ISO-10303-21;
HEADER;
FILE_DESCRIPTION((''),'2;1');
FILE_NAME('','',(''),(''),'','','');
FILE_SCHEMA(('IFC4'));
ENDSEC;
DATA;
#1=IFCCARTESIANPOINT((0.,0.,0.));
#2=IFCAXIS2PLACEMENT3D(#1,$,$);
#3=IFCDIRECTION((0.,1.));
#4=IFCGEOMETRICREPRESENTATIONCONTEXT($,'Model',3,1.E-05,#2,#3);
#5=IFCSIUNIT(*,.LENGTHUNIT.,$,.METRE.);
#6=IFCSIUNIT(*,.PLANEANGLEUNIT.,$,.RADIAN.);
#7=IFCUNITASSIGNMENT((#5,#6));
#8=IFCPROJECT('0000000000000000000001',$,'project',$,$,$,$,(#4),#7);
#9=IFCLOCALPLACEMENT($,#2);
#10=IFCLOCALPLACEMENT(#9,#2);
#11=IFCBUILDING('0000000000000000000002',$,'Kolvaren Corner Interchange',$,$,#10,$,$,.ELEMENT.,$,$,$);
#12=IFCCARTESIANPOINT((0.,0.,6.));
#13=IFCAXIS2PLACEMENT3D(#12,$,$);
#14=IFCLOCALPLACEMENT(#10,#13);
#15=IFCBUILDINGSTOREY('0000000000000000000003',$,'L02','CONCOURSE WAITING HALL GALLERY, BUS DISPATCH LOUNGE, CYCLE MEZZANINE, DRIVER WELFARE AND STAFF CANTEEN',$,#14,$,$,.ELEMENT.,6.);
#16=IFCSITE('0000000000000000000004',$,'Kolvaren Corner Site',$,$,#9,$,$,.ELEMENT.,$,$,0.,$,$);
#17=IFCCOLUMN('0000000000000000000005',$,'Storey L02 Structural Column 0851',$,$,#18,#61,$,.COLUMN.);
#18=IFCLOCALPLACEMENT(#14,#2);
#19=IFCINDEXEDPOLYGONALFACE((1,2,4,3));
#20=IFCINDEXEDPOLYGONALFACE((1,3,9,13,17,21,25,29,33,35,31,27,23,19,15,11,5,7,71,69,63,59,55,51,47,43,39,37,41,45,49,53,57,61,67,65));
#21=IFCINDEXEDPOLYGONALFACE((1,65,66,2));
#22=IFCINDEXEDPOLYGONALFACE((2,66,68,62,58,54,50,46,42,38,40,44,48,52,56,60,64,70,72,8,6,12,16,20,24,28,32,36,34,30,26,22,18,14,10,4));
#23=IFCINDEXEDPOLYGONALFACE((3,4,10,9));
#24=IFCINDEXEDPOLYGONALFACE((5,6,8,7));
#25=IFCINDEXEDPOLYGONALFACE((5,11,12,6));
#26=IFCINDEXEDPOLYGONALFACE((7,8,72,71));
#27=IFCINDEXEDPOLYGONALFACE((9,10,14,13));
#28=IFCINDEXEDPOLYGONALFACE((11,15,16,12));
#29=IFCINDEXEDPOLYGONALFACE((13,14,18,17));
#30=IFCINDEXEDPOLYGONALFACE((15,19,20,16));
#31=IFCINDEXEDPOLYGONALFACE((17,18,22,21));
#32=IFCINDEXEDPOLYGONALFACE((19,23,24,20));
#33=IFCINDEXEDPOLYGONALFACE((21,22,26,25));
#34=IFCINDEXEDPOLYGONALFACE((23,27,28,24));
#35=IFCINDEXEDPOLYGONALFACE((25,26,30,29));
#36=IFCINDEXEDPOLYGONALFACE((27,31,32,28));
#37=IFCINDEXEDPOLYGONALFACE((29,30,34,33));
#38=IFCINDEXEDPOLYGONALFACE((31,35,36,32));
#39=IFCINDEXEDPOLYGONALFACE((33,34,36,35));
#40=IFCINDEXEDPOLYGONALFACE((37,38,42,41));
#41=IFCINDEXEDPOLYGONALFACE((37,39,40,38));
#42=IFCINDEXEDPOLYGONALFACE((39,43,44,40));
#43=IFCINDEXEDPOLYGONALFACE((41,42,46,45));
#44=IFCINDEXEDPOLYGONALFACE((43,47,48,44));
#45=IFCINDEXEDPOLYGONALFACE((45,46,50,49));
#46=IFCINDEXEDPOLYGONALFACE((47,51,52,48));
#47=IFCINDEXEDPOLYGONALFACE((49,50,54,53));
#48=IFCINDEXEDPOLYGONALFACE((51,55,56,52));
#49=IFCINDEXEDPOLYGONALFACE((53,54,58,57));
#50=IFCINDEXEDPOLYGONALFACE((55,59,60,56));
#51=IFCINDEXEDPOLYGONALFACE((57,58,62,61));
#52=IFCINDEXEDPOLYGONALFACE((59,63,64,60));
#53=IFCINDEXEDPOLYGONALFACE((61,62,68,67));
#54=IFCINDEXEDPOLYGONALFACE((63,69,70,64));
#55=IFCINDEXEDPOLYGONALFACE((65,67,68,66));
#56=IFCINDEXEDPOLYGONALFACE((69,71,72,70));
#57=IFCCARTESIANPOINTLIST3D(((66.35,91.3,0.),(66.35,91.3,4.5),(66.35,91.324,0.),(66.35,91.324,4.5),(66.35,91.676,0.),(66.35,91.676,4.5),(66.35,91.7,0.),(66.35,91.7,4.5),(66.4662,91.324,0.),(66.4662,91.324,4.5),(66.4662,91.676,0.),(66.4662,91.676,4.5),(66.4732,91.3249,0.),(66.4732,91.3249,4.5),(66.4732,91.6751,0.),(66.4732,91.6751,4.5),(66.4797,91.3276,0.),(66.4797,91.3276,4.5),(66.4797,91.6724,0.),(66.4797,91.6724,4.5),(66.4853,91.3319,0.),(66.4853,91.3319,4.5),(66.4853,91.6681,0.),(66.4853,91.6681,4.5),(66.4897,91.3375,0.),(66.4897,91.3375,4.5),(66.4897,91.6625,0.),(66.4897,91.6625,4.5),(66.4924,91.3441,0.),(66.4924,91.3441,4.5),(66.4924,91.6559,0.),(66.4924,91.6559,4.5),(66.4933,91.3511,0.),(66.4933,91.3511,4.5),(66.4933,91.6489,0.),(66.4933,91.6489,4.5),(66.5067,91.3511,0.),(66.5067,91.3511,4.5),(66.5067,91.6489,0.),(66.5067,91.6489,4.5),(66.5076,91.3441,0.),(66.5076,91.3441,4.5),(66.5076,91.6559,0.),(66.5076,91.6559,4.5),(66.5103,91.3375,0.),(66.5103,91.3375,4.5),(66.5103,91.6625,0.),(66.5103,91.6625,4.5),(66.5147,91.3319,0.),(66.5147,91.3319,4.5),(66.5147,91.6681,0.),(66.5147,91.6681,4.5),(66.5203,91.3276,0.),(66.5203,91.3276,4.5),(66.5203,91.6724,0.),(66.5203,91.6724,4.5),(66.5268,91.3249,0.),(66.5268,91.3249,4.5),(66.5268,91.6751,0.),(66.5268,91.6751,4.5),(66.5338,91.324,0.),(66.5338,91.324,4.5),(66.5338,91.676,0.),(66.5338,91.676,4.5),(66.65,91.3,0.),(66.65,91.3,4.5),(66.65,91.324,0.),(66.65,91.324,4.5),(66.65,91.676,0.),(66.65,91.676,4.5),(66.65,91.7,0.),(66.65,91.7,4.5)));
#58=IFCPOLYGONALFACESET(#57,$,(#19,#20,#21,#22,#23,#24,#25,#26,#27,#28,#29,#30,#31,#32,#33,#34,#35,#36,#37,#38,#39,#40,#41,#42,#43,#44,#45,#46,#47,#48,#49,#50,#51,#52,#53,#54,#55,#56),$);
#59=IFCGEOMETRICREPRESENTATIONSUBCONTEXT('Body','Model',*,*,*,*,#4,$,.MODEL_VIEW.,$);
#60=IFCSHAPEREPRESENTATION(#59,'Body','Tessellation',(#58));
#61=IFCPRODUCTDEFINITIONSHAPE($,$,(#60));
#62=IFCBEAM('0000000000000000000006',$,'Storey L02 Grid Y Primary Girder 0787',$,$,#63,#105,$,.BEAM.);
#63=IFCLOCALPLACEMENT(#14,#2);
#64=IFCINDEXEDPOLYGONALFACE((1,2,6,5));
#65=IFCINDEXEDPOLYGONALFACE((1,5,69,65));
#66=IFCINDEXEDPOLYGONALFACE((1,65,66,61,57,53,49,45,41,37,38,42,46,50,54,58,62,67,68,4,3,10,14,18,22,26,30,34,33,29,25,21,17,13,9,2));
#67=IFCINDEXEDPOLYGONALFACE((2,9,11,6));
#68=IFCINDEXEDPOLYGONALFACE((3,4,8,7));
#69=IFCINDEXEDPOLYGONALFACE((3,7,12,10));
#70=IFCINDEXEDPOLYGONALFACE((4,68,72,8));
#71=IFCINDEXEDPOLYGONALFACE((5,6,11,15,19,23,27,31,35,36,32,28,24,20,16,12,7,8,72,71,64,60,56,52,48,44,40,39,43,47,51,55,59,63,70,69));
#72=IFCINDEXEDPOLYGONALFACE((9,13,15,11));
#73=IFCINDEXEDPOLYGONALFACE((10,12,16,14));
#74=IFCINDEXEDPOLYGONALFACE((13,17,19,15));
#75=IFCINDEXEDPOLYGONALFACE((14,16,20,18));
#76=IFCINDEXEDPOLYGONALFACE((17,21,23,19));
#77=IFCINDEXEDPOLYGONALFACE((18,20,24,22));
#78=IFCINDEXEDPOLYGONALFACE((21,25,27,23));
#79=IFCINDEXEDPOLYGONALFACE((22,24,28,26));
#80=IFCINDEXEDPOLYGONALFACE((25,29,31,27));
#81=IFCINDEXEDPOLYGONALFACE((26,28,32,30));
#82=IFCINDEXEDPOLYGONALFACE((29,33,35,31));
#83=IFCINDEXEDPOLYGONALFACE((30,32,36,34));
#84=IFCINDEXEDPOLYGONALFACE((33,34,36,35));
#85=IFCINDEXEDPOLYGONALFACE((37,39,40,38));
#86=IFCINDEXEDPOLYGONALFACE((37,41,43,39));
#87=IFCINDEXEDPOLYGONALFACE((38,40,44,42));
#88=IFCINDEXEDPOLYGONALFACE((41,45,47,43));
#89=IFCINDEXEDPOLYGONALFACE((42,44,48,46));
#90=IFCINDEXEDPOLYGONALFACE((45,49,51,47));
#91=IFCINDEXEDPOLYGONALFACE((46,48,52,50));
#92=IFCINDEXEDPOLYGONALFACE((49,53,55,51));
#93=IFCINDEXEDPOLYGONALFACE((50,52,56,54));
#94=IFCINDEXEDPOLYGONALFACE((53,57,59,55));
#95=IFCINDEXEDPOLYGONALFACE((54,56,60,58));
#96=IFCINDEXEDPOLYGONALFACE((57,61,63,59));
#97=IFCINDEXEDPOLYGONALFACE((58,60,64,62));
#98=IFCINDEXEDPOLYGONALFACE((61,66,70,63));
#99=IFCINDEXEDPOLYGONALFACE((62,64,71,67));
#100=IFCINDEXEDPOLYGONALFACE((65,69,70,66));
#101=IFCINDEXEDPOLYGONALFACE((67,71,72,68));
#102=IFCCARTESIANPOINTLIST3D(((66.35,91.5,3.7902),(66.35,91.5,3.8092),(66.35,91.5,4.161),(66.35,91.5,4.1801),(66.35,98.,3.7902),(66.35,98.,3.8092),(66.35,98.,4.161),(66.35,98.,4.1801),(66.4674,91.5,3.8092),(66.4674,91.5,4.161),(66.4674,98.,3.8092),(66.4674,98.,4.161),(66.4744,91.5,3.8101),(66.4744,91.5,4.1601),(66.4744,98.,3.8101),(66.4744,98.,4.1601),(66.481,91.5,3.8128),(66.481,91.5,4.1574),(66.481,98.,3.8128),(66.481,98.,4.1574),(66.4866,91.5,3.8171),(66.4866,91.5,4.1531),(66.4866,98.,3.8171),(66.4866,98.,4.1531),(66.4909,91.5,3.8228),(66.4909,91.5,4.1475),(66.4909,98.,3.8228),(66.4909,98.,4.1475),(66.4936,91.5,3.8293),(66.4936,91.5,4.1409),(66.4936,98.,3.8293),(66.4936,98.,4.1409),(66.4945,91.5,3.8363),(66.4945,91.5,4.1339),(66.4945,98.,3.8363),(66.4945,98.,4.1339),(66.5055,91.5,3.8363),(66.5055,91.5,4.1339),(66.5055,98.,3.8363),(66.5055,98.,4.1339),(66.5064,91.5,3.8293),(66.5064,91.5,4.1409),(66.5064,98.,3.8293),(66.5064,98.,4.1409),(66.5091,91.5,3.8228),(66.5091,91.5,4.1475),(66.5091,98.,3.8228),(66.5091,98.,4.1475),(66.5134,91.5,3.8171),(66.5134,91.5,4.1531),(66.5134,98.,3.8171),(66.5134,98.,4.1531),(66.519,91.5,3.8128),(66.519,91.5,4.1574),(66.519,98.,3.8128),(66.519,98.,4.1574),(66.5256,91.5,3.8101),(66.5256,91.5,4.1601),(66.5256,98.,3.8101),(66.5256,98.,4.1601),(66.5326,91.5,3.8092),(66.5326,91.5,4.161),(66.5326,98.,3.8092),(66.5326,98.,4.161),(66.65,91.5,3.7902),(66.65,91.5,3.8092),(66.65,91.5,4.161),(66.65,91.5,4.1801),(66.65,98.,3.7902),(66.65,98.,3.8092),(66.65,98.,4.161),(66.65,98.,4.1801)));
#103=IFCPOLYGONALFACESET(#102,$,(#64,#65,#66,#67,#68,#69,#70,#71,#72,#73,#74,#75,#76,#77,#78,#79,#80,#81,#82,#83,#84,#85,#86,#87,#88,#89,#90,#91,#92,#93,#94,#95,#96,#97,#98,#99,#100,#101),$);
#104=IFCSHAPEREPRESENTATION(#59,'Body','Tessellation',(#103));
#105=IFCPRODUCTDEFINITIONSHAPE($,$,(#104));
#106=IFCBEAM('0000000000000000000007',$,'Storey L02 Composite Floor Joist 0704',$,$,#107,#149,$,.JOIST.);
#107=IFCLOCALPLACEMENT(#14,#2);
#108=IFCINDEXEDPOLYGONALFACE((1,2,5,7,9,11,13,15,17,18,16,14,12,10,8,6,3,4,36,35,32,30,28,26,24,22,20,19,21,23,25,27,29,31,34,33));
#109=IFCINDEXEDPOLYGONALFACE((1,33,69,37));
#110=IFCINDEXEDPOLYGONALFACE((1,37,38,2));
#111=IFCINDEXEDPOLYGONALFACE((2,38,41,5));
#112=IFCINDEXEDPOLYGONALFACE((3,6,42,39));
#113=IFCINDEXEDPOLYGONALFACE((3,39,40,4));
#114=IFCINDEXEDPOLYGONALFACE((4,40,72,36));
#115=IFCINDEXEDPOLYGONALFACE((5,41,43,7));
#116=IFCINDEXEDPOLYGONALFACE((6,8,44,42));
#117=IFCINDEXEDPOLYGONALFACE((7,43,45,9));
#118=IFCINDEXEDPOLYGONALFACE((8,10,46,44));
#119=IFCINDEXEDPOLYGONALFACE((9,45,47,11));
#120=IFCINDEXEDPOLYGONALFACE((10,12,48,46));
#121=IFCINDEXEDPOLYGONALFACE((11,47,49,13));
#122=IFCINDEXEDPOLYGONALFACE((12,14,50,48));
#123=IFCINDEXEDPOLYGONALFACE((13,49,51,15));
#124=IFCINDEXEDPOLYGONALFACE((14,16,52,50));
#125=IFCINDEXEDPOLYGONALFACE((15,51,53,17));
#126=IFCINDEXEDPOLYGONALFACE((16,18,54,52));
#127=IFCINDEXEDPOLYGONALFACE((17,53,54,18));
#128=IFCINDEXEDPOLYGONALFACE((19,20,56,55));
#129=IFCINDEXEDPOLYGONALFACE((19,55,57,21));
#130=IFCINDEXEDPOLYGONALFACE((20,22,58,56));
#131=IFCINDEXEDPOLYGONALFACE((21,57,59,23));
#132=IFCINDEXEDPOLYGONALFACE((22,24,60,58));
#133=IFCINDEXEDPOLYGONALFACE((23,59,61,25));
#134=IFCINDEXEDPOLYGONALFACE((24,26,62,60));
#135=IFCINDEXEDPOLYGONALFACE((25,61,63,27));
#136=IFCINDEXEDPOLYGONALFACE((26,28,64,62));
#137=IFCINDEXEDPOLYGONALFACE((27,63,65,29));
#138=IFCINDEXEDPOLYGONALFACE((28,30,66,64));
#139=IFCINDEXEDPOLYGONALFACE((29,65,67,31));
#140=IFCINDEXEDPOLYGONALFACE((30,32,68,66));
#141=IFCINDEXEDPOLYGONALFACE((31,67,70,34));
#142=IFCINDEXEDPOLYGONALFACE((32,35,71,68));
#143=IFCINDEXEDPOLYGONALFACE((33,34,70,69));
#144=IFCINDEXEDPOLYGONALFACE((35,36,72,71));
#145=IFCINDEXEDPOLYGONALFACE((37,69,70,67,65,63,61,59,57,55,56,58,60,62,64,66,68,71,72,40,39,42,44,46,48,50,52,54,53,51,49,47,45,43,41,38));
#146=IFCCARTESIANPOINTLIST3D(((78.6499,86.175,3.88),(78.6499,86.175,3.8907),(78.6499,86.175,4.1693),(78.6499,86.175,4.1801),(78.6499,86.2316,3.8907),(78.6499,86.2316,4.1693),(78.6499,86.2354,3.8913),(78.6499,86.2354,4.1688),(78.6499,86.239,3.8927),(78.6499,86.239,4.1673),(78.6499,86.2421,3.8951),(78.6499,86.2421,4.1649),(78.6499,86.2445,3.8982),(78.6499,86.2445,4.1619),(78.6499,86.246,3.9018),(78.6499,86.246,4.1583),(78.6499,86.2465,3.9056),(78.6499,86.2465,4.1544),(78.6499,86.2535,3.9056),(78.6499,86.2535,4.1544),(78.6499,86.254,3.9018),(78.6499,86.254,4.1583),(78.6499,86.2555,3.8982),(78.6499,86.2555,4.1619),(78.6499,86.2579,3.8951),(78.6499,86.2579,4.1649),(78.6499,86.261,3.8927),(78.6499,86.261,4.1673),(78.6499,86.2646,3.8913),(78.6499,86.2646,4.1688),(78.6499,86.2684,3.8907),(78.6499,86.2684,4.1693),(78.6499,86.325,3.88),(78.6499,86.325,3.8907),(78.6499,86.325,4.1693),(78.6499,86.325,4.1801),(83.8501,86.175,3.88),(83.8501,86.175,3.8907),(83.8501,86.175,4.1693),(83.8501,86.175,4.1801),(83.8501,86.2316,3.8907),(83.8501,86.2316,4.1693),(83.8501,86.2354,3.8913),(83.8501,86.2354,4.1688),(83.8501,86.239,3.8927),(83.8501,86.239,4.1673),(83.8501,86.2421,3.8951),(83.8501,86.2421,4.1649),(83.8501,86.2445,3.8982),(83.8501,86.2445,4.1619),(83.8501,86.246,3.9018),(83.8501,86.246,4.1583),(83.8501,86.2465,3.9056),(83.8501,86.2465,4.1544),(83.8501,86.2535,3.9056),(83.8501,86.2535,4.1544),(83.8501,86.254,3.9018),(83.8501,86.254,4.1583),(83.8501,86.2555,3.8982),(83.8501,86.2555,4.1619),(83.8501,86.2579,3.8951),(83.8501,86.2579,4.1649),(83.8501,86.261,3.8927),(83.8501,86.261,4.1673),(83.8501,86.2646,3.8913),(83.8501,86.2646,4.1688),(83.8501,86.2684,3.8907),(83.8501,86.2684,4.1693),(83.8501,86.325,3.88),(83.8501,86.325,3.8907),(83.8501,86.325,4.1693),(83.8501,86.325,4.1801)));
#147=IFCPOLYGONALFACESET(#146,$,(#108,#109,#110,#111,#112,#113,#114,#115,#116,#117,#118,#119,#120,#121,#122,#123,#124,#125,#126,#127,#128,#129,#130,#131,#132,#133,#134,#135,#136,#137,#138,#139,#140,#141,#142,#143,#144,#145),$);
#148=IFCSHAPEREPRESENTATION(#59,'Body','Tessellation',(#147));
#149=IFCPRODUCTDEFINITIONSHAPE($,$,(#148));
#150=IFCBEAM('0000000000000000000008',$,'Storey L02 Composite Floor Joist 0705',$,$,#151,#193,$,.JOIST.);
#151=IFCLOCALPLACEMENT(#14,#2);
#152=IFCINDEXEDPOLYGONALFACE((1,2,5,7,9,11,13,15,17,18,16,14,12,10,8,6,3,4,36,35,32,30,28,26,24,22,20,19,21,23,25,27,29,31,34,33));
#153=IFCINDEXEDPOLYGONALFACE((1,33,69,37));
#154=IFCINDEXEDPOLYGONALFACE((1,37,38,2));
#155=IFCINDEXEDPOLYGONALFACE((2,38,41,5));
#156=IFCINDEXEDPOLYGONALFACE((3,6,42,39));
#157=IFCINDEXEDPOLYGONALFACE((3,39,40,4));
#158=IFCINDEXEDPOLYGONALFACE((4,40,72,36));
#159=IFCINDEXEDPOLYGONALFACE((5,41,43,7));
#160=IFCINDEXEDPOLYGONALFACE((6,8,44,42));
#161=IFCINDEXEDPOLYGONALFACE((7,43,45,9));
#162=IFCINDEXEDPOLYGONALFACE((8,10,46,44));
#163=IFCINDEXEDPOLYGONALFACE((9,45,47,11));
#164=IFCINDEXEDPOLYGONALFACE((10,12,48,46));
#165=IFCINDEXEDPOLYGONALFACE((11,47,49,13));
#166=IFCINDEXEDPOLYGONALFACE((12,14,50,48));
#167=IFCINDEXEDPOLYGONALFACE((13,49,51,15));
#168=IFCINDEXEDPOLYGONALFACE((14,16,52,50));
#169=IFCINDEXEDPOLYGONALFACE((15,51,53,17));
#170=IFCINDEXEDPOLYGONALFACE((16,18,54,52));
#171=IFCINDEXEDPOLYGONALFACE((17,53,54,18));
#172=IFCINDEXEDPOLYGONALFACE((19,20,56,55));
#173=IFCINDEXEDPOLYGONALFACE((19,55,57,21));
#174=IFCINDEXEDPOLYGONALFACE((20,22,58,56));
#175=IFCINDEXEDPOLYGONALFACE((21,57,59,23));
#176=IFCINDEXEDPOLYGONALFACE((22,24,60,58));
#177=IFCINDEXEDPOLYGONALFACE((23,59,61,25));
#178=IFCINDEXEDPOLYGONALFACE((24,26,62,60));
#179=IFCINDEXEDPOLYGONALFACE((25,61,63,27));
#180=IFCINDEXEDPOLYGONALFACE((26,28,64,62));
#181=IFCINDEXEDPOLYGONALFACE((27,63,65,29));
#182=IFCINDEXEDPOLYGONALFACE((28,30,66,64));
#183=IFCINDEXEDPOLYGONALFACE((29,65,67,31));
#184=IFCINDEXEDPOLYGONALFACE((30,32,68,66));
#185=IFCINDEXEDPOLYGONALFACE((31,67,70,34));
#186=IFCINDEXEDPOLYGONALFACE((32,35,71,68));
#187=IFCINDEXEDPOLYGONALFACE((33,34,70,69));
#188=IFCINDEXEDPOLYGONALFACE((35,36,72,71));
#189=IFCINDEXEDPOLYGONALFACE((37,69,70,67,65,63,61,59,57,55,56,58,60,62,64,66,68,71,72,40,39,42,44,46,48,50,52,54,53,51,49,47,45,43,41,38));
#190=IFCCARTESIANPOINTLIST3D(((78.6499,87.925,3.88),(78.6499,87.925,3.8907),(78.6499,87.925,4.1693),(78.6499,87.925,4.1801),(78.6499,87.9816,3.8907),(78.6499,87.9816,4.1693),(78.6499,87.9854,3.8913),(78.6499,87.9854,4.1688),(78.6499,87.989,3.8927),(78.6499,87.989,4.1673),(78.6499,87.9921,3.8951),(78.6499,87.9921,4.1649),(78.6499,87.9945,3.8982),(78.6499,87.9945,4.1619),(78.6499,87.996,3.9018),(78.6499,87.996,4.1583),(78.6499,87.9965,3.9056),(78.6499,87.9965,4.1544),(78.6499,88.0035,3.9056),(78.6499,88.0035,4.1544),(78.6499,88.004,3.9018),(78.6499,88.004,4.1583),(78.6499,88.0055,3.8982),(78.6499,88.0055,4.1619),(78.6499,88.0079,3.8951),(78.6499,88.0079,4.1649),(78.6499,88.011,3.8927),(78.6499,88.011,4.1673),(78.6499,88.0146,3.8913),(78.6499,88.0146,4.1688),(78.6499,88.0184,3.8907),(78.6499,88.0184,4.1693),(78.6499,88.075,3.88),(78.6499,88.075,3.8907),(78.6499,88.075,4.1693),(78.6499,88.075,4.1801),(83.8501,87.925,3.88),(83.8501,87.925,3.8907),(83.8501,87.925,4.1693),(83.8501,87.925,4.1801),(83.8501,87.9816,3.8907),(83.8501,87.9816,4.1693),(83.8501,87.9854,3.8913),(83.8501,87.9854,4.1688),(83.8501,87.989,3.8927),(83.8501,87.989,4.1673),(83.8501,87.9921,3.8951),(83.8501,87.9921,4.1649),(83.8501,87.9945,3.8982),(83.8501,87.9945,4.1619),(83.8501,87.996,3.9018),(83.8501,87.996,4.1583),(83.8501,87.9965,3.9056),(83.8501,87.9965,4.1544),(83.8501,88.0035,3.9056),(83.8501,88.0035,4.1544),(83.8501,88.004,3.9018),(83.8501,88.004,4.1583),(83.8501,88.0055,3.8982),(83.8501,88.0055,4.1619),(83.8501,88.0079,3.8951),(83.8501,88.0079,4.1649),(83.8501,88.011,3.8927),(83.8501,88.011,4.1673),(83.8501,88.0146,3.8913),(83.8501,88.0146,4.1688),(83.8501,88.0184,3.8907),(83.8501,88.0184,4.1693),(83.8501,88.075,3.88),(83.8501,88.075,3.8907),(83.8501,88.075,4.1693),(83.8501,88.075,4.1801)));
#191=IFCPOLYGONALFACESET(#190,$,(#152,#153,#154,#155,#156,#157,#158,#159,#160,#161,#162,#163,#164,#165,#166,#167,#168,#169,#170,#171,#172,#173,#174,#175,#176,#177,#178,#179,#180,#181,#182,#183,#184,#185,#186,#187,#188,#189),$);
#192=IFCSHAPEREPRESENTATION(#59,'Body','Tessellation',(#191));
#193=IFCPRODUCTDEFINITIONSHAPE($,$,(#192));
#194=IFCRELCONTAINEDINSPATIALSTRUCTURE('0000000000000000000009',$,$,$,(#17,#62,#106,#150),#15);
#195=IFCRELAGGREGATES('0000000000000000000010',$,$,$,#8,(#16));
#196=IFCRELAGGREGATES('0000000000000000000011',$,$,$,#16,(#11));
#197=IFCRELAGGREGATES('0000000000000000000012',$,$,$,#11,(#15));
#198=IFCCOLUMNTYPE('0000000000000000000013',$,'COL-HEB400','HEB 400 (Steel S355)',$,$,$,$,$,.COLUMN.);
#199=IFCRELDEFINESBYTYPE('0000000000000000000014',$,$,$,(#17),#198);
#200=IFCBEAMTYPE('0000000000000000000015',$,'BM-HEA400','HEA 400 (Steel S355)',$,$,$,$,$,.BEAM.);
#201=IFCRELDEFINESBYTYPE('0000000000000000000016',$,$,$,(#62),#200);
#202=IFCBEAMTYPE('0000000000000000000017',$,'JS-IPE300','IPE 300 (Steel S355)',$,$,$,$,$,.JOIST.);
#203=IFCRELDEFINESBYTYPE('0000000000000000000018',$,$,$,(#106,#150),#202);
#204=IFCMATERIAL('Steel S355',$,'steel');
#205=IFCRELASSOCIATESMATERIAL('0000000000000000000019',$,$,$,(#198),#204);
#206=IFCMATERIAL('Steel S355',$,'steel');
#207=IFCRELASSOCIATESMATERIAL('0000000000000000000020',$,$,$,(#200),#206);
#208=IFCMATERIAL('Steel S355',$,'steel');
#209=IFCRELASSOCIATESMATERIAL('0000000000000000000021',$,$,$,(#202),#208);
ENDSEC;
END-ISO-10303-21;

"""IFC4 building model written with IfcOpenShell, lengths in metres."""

from ifc_helpers import new_model, si_unit, direction, frame, origin, origin_2d, place, context, subcontext, project, spatial, i_section, extrude, material, material_profile, profile_set, type_object, element, save


model = new_model("IFC4")

# Units and contexts
model_context = context("Model", 3, precision=1e-05, world=origin(), true_north=direction((0.0, 1.0)))
body_context = subcontext(model_context, "Body", "Model", "MODEL_VIEW")
ifc_project = project(units=[si_unit("LENGTHUNIT", "METRE"), si_unit("PLANEANGLEUNIT", "RADIAN")], contexts=[model_context])

# Site, building, storey
site_placement = place(None, origin())
site = spatial("IfcSite", under=ifc_project, at=site_placement, Name="Kolvaren Corner Site", CompositionType="ELEMENT", RefElevation=0.0)
building_placement = place(site_placement, origin())
building = spatial("IfcBuilding", under=site, at=building_placement, Name="Kolvaren Corner Interchange", CompositionType="ELEMENT")
storey_placement = place(building_placement, frame((0.0, 0.0, 6.0)))
storey = spatial("IfcBuildingStorey", under=building, at=storey_placement, Name="L02", Description="CONCOURSE WAITING HALL GALLERY, BUS DISPATCH LOUNGE, CYCLE MEZZANINE, DRIVER WELFARE AND STAFF CANTEEN", CompositionType="ELEMENT", Elevation=6.0)

# Column
ifc_material_1 = material(Name="Steel S355", Category="steel")
ifc_material_profile_1 = material_profile(ifc_material_1, i_section(OverallWidth=0.3, OverallDepth=0.3999, WebThickness=0.0134, FlangeThickness=0.0239, FilletRadius=0.0271, at=origin_2d()), Name="HEB 400")
ifc_profile_set_1 = profile_set([ifc_material_profile_1], Name="Steel S355")
column_type = type_object("IfcColumnType", Name="COL-HEB400", Description="HEB 400 (Steel S355)", PredefinedType="COLUMN", material=ifc_profile_set_1)
column_placement = place(storey_placement, frame((66.5, 91.5, 0.0), z_axis=(0.0, 0.0, 1.0), x_axis=(1.0, 0.0, 0.0)))
element("IfcColumn", 1, at=column_placement, inside=storey, type_object=column_type, Name="Storey L02 Structural Column 0851", PredefinedType="COLUMN", context=body_context, shape_type="SweptSolid", body=[
    extrude(i_section(OverallWidth=0.3, OverallDepth=0.3999, WebThickness=0.0134, FlangeThickness=0.0239, FilletRadius=0.0271, at=origin_2d()), origin(), (0.0, 0.0, 1.0), 4.5),
])

# Beams
ifc_material_2 = material(Name="Steel S355", Category="steel")
ifc_material_profile_2 = material_profile(ifc_material_2, i_section(OverallWidth=0.3, OverallDepth=0.3899, WebThickness=0.011, FlangeThickness=0.019, FilletRadius=0.0271, at=origin_2d()), Name="HEA 400")
ifc_profile_set_2 = profile_set([ifc_material_profile_2], Name="Steel S355")
beam_type_1 = type_object("IfcBeamType", Name="BM-HEA400", Description="HEA 400 (Steel S355)", PredefinedType="BEAM", material=ifc_profile_set_2)
beam_placement = place(storey_placement, frame((66.5, 91.5, 3.9851), z_axis=(0.0, 1.0, 0.0), x_axis=(-1.0, 0.0, 0.0)))
element("IfcBeam", 2, at=beam_placement, inside=storey, type_object=beam_type_1, Name="Storey L02 Grid Y Primary Girder 0787", PredefinedType="BEAM", context=body_context, shape_type="SweptSolid", body=[
    extrude(i_section(OverallWidth=0.3, OverallDepth=0.3899, WebThickness=0.011, FlangeThickness=0.019, FilletRadius=0.0271, at=origin_2d()), origin(), (0.0, 0.0, 1.0), 6.5),
])
ifc_material_3 = material(Name="Steel S355", Category="steel")
ifc_material_profile_3 = material_profile(ifc_material_3, i_section(OverallWidth=0.1499, OverallDepth=0.3, WebThickness=0.0071, FlangeThickness=0.0107, FilletRadius=0.0149, at=origin_2d()), Name="IPE 300")
ifc_profile_set_3 = profile_set([ifc_material_profile_3], Name="Steel S355")
beam_type_2 = type_object("IfcBeamType", Name="JS-IPE300", Description="IPE 300 (Steel S355)", PredefinedType="JOIST", material=ifc_profile_set_3)
for number, where, z_axis, x_axis, name in (
    (3, (78.6499, 86.25, 4.03), (1.0, 0.0, 0.0), (0.0, 1.0, 0.0), "Storey L02 Composite Floor Joist 0704"),
    (4, (78.6499, 88.0, 4.03), (1.0, 0.0, 0.0), (0.0, 1.0, 0.0), "Storey L02 Composite Floor Joist 0705"),
):
    element("IfcBeam", number, at=place(storey_placement, frame(where, z_axis=z_axis, x_axis=x_axis)), inside=storey, type_object=beam_type_2, Name=name, PredefinedType="JOIST", context=body_context, shape_type="SweptSolid", body=[
        extrude(i_section(OverallWidth=0.1499, OverallDepth=0.3, WebThickness=0.0071, FlangeThickness=0.0107, FilletRadius=0.0149, at=origin_2d()), origin(), (0.0, 0.0, 1.0), 5.2002),
    ])

save(model, "model.ifc")
